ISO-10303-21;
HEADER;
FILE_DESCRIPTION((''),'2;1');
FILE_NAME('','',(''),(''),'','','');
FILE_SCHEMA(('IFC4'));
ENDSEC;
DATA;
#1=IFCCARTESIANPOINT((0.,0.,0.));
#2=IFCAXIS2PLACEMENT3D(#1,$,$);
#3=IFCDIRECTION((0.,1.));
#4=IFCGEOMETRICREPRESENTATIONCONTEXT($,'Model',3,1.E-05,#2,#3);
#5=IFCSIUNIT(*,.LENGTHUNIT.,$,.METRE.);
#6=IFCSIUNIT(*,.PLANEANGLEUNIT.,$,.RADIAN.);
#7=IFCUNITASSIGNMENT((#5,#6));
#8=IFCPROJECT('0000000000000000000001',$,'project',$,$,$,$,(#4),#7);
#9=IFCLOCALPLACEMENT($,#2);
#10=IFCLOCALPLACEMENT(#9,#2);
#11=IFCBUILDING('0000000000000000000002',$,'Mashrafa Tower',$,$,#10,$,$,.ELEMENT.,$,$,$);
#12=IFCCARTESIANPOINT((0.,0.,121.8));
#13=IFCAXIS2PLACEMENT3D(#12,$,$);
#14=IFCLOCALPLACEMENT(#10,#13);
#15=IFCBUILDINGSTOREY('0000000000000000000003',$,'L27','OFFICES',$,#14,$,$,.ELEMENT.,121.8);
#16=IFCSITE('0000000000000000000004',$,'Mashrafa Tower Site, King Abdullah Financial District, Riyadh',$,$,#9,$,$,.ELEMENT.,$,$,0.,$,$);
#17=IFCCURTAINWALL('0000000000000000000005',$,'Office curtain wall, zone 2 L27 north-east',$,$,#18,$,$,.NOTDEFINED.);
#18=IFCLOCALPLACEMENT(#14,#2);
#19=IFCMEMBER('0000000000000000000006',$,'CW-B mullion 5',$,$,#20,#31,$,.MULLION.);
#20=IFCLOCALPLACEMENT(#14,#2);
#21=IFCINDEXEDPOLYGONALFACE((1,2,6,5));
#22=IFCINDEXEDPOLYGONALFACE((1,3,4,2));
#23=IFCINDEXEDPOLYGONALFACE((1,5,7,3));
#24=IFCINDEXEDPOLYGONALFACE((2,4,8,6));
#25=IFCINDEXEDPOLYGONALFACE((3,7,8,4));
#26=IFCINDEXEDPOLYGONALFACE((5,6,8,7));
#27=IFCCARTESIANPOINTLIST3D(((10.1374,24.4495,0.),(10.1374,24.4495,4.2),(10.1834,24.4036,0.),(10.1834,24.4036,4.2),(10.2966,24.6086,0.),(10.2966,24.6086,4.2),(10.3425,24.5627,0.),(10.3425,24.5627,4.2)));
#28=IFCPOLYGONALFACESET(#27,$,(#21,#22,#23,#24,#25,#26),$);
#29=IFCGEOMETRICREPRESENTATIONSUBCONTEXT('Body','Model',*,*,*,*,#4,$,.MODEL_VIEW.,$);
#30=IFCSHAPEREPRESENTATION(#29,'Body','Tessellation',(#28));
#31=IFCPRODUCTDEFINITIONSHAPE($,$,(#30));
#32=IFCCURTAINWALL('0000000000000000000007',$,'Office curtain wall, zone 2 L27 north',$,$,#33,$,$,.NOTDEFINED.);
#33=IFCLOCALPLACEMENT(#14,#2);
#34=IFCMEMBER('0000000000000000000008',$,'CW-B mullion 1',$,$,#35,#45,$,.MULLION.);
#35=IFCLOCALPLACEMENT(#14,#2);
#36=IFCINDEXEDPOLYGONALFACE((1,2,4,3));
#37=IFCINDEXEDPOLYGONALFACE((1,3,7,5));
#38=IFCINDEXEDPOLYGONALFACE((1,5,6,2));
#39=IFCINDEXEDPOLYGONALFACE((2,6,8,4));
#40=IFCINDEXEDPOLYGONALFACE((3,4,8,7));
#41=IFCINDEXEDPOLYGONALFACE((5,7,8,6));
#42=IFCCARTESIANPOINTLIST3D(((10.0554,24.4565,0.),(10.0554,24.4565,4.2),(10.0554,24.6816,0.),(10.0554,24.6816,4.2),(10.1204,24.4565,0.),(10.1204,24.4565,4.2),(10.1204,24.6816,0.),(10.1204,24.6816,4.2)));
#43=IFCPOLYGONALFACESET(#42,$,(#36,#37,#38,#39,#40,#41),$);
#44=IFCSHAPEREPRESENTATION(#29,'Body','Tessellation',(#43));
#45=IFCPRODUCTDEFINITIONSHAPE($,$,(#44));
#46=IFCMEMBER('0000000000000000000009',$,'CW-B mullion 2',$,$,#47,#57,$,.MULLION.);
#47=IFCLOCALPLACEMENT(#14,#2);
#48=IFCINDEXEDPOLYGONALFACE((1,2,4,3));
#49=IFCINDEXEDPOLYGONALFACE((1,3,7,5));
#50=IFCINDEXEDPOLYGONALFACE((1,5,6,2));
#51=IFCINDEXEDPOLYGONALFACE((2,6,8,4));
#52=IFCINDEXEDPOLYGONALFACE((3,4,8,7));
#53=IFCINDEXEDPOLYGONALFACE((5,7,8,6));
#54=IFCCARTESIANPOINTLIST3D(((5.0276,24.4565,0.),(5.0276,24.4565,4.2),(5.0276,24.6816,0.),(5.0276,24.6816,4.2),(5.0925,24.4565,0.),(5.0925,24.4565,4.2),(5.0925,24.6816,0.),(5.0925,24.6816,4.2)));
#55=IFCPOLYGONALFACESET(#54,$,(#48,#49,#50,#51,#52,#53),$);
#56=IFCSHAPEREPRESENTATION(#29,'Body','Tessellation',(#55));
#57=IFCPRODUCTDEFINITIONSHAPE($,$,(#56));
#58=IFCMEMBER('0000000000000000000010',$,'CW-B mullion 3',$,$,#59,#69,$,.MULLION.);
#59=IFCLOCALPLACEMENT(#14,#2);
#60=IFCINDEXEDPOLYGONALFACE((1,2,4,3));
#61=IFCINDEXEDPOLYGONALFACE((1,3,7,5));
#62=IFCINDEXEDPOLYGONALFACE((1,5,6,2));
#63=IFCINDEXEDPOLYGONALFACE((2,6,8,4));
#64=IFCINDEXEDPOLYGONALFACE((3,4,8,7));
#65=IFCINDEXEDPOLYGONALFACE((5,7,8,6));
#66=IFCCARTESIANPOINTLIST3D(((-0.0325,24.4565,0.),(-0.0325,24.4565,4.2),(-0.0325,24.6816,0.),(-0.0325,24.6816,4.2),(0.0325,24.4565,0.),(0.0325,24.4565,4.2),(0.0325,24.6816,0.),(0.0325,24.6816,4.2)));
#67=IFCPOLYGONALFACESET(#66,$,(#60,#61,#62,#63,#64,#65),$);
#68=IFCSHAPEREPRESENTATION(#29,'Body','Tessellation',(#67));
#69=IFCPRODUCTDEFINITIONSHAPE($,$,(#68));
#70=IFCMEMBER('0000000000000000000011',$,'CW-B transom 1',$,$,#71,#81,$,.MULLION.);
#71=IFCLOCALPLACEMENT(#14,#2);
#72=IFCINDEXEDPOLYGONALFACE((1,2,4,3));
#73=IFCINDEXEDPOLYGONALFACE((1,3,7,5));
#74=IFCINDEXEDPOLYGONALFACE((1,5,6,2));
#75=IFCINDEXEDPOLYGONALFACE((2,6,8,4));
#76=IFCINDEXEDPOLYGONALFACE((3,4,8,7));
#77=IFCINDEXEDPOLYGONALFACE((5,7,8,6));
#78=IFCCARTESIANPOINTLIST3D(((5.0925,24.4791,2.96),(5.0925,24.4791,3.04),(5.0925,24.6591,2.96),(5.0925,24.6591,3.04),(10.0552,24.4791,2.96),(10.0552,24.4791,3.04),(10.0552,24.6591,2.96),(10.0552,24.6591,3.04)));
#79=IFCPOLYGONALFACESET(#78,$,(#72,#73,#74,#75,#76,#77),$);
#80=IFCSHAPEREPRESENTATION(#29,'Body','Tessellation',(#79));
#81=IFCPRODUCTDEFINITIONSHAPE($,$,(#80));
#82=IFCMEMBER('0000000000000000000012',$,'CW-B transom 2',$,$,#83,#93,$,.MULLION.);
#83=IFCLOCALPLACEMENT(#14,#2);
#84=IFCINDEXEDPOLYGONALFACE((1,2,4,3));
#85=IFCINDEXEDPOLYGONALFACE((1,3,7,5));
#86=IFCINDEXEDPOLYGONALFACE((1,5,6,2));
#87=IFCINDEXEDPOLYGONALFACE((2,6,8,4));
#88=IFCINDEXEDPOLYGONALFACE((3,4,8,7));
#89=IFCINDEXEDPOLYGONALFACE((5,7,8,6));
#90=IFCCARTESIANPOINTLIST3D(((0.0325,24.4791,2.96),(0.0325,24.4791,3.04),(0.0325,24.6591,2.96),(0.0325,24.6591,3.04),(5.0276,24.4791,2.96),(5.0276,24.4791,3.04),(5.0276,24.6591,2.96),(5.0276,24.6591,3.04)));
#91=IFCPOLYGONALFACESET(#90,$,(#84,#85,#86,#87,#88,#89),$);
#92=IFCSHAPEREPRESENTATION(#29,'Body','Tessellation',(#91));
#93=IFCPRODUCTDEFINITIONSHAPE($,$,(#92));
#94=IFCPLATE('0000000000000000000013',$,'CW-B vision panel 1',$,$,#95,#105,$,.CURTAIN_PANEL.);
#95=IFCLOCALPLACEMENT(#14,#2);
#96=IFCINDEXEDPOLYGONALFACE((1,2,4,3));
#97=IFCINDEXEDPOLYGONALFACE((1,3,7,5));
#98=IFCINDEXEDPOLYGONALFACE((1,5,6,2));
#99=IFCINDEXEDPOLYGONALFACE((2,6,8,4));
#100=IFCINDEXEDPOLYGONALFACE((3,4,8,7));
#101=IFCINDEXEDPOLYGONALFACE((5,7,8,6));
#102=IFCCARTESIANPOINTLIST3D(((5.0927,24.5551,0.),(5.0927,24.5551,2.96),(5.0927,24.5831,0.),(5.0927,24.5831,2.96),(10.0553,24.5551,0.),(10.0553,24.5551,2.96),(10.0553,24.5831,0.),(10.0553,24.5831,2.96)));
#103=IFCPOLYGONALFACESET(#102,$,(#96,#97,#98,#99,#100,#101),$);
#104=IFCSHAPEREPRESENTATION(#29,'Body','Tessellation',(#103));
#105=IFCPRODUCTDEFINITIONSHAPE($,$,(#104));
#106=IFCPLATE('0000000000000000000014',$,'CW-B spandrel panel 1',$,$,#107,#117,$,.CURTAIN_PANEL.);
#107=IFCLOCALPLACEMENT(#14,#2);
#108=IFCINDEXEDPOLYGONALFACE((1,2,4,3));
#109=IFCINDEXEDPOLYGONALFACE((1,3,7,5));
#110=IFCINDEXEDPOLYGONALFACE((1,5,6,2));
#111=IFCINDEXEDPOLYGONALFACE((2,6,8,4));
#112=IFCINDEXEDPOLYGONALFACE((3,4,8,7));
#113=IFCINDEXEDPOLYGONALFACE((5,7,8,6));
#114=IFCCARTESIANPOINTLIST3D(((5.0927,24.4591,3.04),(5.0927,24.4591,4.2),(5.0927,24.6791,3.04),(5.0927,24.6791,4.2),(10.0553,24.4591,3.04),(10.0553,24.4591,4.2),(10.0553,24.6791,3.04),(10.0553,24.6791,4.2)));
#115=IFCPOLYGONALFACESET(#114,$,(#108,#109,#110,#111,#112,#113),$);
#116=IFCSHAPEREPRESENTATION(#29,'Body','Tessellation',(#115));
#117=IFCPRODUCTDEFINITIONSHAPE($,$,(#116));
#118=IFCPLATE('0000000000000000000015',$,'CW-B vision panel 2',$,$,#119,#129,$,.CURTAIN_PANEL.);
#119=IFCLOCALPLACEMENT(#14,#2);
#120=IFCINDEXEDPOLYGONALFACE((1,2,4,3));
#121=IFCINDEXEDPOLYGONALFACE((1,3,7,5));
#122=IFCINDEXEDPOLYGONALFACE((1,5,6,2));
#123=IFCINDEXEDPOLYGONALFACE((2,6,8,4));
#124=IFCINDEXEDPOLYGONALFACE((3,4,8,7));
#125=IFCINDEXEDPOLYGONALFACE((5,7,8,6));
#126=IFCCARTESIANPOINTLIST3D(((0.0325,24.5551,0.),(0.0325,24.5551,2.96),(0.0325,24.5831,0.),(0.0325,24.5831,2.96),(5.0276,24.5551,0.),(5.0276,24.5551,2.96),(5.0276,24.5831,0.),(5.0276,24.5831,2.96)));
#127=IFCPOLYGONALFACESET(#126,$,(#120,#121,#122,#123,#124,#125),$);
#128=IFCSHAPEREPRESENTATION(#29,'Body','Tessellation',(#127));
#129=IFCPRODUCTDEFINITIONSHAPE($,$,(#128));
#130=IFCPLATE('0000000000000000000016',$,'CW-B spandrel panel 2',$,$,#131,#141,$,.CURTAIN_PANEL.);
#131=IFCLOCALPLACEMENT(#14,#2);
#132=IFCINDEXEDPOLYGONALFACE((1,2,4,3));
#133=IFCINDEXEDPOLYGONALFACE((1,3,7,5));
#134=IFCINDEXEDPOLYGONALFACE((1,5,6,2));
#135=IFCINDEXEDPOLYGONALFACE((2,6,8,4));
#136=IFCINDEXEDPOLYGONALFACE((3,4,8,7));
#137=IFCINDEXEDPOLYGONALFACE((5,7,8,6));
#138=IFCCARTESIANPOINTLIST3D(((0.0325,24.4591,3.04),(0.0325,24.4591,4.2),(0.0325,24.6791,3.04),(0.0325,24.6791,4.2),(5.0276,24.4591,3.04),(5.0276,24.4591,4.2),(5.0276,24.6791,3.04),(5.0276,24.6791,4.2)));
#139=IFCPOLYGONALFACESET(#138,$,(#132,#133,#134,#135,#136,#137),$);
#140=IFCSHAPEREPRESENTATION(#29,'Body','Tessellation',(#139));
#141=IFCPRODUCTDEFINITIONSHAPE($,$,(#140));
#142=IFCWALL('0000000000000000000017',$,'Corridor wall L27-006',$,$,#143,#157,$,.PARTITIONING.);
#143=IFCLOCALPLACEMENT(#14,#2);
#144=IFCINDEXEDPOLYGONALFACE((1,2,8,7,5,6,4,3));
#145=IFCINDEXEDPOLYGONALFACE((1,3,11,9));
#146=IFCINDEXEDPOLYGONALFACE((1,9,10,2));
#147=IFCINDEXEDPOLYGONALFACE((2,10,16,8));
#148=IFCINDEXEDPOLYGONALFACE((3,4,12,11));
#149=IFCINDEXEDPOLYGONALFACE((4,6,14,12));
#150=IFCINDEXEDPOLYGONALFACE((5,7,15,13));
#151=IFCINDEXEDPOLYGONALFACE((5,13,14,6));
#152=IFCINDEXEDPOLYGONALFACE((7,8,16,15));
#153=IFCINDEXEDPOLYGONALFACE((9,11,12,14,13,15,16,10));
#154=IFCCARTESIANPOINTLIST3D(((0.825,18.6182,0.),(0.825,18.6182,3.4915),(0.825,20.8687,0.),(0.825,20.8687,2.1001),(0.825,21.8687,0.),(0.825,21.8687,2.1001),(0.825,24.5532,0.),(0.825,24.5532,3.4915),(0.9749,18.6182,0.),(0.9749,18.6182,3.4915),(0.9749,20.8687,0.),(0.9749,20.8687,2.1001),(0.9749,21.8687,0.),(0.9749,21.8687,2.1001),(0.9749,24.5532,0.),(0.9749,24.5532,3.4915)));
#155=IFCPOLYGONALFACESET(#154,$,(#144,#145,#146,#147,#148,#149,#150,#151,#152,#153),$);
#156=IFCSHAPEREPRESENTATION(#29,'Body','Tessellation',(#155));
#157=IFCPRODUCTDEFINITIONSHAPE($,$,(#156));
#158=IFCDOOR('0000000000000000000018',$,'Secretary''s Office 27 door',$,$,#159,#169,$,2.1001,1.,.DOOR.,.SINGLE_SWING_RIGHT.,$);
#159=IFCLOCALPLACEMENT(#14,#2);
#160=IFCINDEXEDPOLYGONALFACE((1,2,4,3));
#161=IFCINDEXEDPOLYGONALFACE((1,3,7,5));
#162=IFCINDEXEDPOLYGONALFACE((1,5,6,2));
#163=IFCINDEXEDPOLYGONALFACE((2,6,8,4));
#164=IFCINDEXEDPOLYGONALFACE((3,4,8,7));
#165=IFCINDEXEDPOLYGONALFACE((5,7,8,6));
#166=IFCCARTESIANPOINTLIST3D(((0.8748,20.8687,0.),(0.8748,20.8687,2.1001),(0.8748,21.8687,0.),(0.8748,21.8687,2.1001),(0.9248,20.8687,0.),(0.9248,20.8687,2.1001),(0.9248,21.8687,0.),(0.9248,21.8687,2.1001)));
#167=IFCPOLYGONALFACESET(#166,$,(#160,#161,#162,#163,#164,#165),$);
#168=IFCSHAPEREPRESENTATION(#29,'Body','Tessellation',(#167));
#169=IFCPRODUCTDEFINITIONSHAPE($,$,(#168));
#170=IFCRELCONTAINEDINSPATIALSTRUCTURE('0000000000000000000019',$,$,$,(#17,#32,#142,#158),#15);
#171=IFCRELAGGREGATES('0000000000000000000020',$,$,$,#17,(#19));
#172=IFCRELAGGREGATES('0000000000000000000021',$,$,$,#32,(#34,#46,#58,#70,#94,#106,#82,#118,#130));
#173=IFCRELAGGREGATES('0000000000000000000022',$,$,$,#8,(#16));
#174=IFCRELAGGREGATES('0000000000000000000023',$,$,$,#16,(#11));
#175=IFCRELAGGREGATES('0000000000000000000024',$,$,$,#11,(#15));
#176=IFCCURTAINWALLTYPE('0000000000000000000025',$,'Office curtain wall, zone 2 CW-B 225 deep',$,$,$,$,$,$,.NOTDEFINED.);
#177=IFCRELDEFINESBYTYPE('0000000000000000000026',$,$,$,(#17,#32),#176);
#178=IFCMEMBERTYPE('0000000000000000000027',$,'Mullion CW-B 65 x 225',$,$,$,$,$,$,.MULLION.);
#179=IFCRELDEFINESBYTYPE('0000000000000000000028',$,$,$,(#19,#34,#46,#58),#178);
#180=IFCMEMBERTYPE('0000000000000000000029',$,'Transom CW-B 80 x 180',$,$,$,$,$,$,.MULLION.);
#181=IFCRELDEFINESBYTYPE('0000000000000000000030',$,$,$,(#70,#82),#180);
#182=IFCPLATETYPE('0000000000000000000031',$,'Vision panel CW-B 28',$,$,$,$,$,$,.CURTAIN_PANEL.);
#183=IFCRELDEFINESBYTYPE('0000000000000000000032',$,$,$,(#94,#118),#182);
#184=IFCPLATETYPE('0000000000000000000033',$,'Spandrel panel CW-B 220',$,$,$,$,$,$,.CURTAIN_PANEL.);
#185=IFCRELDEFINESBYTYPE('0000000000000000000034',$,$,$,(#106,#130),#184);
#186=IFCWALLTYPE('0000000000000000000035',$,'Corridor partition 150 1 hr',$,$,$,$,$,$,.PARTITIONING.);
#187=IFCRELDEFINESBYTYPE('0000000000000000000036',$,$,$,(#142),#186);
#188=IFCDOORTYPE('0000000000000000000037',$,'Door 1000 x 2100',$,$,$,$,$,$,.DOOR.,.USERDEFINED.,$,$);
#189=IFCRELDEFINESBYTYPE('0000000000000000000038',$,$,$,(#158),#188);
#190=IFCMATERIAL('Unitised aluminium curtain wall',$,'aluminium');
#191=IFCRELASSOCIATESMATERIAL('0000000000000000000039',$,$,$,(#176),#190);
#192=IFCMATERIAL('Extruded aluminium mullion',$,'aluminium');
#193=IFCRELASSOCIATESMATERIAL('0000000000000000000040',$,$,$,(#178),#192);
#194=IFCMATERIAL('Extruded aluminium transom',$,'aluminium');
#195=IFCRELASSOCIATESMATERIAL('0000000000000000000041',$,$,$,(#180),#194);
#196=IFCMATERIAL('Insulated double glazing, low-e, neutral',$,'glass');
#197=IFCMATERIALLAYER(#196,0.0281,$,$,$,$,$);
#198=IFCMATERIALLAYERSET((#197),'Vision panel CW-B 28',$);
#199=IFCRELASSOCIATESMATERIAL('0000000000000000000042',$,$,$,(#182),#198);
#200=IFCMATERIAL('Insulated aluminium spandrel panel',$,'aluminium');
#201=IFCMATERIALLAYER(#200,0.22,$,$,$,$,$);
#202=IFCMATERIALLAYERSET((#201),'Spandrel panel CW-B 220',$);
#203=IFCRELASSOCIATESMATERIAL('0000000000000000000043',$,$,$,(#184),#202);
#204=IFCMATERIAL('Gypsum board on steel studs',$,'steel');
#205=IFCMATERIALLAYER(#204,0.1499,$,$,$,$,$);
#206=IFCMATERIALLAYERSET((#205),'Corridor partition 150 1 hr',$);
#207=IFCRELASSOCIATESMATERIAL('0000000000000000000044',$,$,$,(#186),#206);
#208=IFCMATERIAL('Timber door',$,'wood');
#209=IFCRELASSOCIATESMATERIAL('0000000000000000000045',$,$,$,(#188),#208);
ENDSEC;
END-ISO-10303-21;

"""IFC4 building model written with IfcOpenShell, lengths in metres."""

from ifc_helpers import new_model, si_unit, direction, frame, frame_2d, origin, origin_2d, place, context, subcontext, project, spatial, rectangle, extrude, source, transform, mapped, material, layer, layer_set, material_profile, profile_set, type_object, type_shapes, element, fill, aggregate, save


model = new_model("IFC4")

# Units and contexts
model_context = context("Model", 3, precision=1e-05, world=origin(), true_north=direction((0.0, 1.0)))
body_context = subcontext(model_context, "Body", "Model", "MODEL_VIEW")
ifc_project = project(units=[si_unit("LENGTHUNIT", "METRE"), si_unit("PLANEANGLEUNIT", "RADIAN")], contexts=[model_context])

# Site, building, storey
site_placement = place(None, origin())
site = spatial("IfcSite", under=ifc_project, at=site_placement, Name="Mashrafa Tower Site, King Abdullah Financial District, Riyadh", CompositionType="ELEMENT", RefElevation=0.0)
building_placement = place(site_placement, origin())
building = spatial("IfcBuilding", under=site, at=building_placement, Name="Mashrafa Tower", CompositionType="ELEMENT")
storey_placement = place(building_placement, frame((0.0, 0.0, 121.8)))
storey = spatial("IfcBuildingStorey", under=building, at=storey_placement, Name="L27", Description="OFFICES", CompositionType="ELEMENT", Elevation=121.8)

# Curtain wall, member
ifc_material_1 = material(Name="Unitised aluminium curtain wall", Category="aluminium")
curtain_wall_type = type_object("IfcCurtainWallType", Name="Office curtain wall, zone 2 CW-B 225 deep", PredefinedType="NOTDEFINED", material=ifc_material_1)
curtain_wall_1_placement = place(storey_placement, origin())
curtain_wall_1 = element("IfcCurtainWall", 1, at=curtain_wall_1_placement, inside=storey, type_object=curtain_wall_type, Name="Office curtain wall, zone 2 L27 north-east", PredefinedType="NOTDEFINED")
ifc_material_2 = material(Name="Extruded aluminium mullion", Category="aluminium")
ifc_material_profile_1 = material_profile(ifc_material_2, rectangle(XDim=0.2251, YDim=0.0649, at=origin_2d()), Name="Mullion 65x225")
ifc_profile_set_1 = profile_set([ifc_material_profile_1], Name="Extruded aluminium mullion")
member_type_1 = type_object("IfcMemberType", Name="Mullion CW-B 65 x 225", PredefinedType="MULLION", material=ifc_profile_set_1)
shared_shape_1 = source(origin(), body_context, "Body", "SweptSolid", [
    extrude(rectangle(XDim=0.2251, YDim=0.0649, at=origin_2d()), origin(), (0.0, 0.0, 1.0), 4.2),
])
type_shapes(member_type_1, [shared_shape_1])
member_1_placement = place(storey_placement, frame((10.24, 24.5061, 0.0), z_axis=(0.0, 0.0, 1.0), x_axis=(-0.707107, -0.707107, 0.0)))
member_1 = element("IfcMember", 2, at=member_1_placement, type_object=member_type_1, Name="CW-B mullion 5", PredefinedType="MULLION", context=body_context, shape_type="MappedRepresentation", body=[
    mapped(shared_shape_1, transform((0.0, 0.0, 0.0))),
])
aggregate(curtain_wall_1, [member_1])

# Curtain wall, members, plates
curtain_wall_2_placement = place(storey_placement, origin())
curtain_wall_2 = element("IfcCurtainWall", 3, at=curtain_wall_2_placement, inside=storey, type_object=curtain_wall_type, Name="Office curtain wall, zone 2 L27 north", PredefinedType="NOTDEFINED")
member_2_placement = place(storey_placement, frame((10.0879, 24.5691, 0.0), z_axis=(0.0, 0.0, 1.0), x_axis=(0.0, -1.0, 0.0)))
member_2 = element("IfcMember", 4, at=member_2_placement, type_object=member_type_1, Name="CW-B mullion 1", PredefinedType="MULLION", context=body_context, shape_type="MappedRepresentation", body=[
    mapped(shared_shape_1, transform((0.0, 0.0, 0.0))),
])
member_3_placement = place(storey_placement, frame((5.0601, 24.5691, 0.0), z_axis=(0.0, 0.0, 1.0), x_axis=(0.0, -1.0, 0.0)))
member_3 = element("IfcMember", 5, at=member_3_placement, type_object=member_type_1, Name="CW-B mullion 2", PredefinedType="MULLION", context=body_context, shape_type="MappedRepresentation", body=[
    mapped(shared_shape_1, transform((0.0, 0.0, 0.0))),
])
member_4_placement = place(storey_placement, frame((0.0, 24.5691, 0.0), z_axis=(0.0, 0.0, 1.0), x_axis=(0.0, -1.0, 0.0)))
member_4 = element("IfcMember", 6, at=member_4_placement, type_object=member_type_1, Name="CW-B mullion 3", PredefinedType="MULLION", context=body_context, shape_type="MappedRepresentation", body=[
    mapped(shared_shape_1, transform((0.0, 0.0, 0.0))),
])
ifc_material_3 = material(Name="Extruded aluminium transom", Category="aluminium")
ifc_material_profile_2 = material_profile(ifc_material_3, rectangle(XDim=0.1799, YDim=0.0801, at=origin_2d()), Name="Transom 80x180")
ifc_profile_set_2 = profile_set([ifc_material_profile_2], Name="Extruded aluminium transom")
member_type_2 = type_object("IfcMemberType", Name="Transom CW-B 80 x 180", PredefinedType="MULLION", material=ifc_profile_set_2)
shared_shape_2 = source(origin(), body_context, "Body", "SweptSolid", [
    extrude(rectangle(XDim=0.1799, YDim=0.0801, at=origin_2d()), origin(), (0.0, 0.0, 1.0), 4.9626),
])
member_5_placement = place(storey_placement, frame((10.0552, 24.5691, 3.0), z_axis=(-1.0, 0.0, 0.0), x_axis=(0.0, -1.0, 0.0)))
member_5 = element("IfcMember", 7, at=member_5_placement, type_object=member_type_2, Name="CW-B transom 1", PredefinedType="MULLION", context=body_context, shape_type="MappedRepresentation", body=[
    mapped(shared_shape_2, transform((0.0, 0.0, 0.0))),
])
shared_shape_3 = source(origin(), body_context, "Body", "SweptSolid", [
    extrude(rectangle(XDim=0.1799, YDim=0.0801, at=origin_2d()), origin(), (0.0, 0.0, 1.0), 4.9951),
])
type_shapes(member_type_2, [shared_shape_2, shared_shape_3])
member_6_placement = place(storey_placement, frame((5.0276, 24.5691, 3.0), z_axis=(-1.0, 0.0, 0.0), x_axis=(0.0, -1.0, 0.0)))
member_6 = element("IfcMember", 8, at=member_6_placement, type_object=member_type_2, Name="CW-B transom 2", PredefinedType="MULLION", context=body_context, shape_type="MappedRepresentation", body=[
    mapped(shared_shape_3, transform((0.0, 0.0, 0.0))),
])
ifc_material_4 = material(Name="Insulated double glazing, low-e, neutral", Category="glass")
ifc_layer_1 = layer(ifc_material_4, 0.0281)
ifc_layer_set_1 = layer_set([ifc_layer_1], Name="Vision panel CW-B 28")
plate_type_1 = type_object("IfcPlateType", Name="Vision panel CW-B 28", PredefinedType="CURTAIN_PANEL", material=ifc_layer_set_1)
shared_shape_4 = source(origin(), body_context, "Body", "SweptSolid", [
    extrude(rectangle(XDim=4.9626, YDim=0.0281, at=origin_2d()), origin(), (0.0, 0.0, 1.0), 2.96),
])
plate_1_placement = place(storey_placement, frame((7.574, 24.5691, 0.0), z_axis=(0.0, 0.0, 1.0), x_axis=(-1.0, 0.0, 0.0)))
plate_1 = element("IfcPlate", 9, at=plate_1_placement, type_object=plate_type_1, Name="CW-B vision panel 1", PredefinedType="CURTAIN_PANEL", context=body_context, shape_type="MappedRepresentation", body=[
    mapped(shared_shape_4, transform((0.0, 0.0, 0.0))),
])
ifc_material_5 = material(Name="Insulated aluminium spandrel panel", Category="aluminium")
ifc_layer_2 = layer(ifc_material_5, 0.22)
ifc_layer_set_2 = layer_set([ifc_layer_2], Name="Spandrel panel CW-B 220")
plate_type_2 = type_object("IfcPlateType", Name="Spandrel panel CW-B 220", PredefinedType="CURTAIN_PANEL", material=ifc_layer_set_2)
shared_shape_5 = source(origin(), body_context, "Body", "SweptSolid", [
    extrude(rectangle(XDim=4.9626, YDim=0.22, at=origin_2d()), origin(), (0.0, 0.0, 1.0), 1.1599),
])
plate_2_placement = place(storey_placement, frame((7.574, 24.5691, 3.04), z_axis=(0.0, 0.0, 1.0), x_axis=(-1.0, 0.0, 0.0)))
plate_2 = element("IfcPlate", 10, at=plate_2_placement, type_object=plate_type_2, Name="CW-B spandrel panel 1", PredefinedType="CURTAIN_PANEL", context=body_context, shape_type="MappedRepresentation", body=[
    mapped(shared_shape_5, transform((0.0, 0.0, 0.0))),
])
shared_shape_6 = source(origin(), body_context, "Body", "SweptSolid", [
    extrude(rectangle(XDim=4.9951, YDim=0.0281, at=origin_2d()), origin(), (0.0, 0.0, 1.0), 2.96),
])
type_shapes(plate_type_1, [shared_shape_4, shared_shape_6])
plate_3_placement = place(storey_placement, frame((2.53, 24.5691, 0.0), z_axis=(0.0, 0.0, 1.0), x_axis=(-1.0, 0.0, 0.0)))
plate_3 = element("IfcPlate", 11, at=plate_3_placement, type_object=plate_type_1, Name="CW-B vision panel 2", PredefinedType="CURTAIN_PANEL", context=body_context, shape_type="MappedRepresentation", body=[
    mapped(shared_shape_6, transform((0.0, 0.0, 0.0))),
])
shared_shape_7 = source(origin(), body_context, "Body", "SweptSolid", [
    extrude(rectangle(XDim=4.9951, YDim=0.22, at=origin_2d()), origin(), (0.0, 0.0, 1.0), 1.1599),
])
type_shapes(plate_type_2, [shared_shape_5, shared_shape_7])
plate_4_placement = place(storey_placement, frame((2.53, 24.5691, 3.04), z_axis=(0.0, 0.0, 1.0), x_axis=(-1.0, 0.0, 0.0)))
plate_4 = element("IfcPlate", 12, at=plate_4_placement, type_object=plate_type_2, Name="CW-B spandrel panel 2", PredefinedType="CURTAIN_PANEL", context=body_context, shape_type="MappedRepresentation", body=[
    mapped(shared_shape_7, transform((0.0, 0.0, 0.0))),
])
aggregate(curtain_wall_2, [member_2, member_3, member_4, member_5, plate_1, plate_2, member_6, plate_3, plate_4])

# Wall, opening, door
ifc_material_6 = material(Name="Gypsum board on steel studs", Category="steel")
ifc_layer_3 = layer(ifc_material_6, 0.1499)
ifc_layer_set_3 = layer_set([ifc_layer_3], Name="Corridor partition 150 1 hr")
wall_type_1 = type_object("IfcWallType", Name="Corridor partition 150 1 hr", PredefinedType="PARTITIONING", material=ifc_layer_set_3)
wall_1_placement = place(storey_placement, frame((0.8999, 18.6182, 0.0), z_axis=(0.0, 0.0, 1.0), x_axis=(0.0, 1.0, 0.0)))
wall_1 = element("IfcWall", 13, at=wall_1_placement, inside=storey, type_object=wall_type_1, Name="Corridor wall L27-006", PredefinedType="PARTITIONING", context=body_context, shape_type="SweptSolid", body=[
    extrude(rectangle(XDim=5.9351, YDim=0.1499, at=frame_2d((2.9675, 0.0))), origin(), (0.0, 0.0, 1.0), 3.4915),
])
opening_1_placement = place(wall_1_placement, frame((2.2505, 0.0, 0.0)))
opening_1 = element("IfcOpeningElement", 14, at=opening_1_placement, cuts=wall_1, PredefinedType="OPENING", context=body_context, shape_type="SweptSolid", body=[
    extrude(rectangle(XDim=1.0, YDim=2.1001, at=frame_2d((0.5, 1.05))), frame((0.0, 0.085, 0.0), z_axis=(0.0, -1.0, 0.0), x_axis=(1.0, 0.0, 0.0)), (0.0, 0.0, 1.0), 0.1699),
])
ifc_material_7 = material(Name="Timber door", Category="wood")
door_type = type_object("IfcDoorType", Name="Door 1000 x 2100", OperationType="USERDEFINED", PredefinedType="DOOR", material=ifc_material_7)
door_1_placement = place(opening_1_placement, frame((1.0, 0.0, 0.0), z_axis=(0.0, 0.0, 1.0), x_axis=(-1.0, 0.0, 0.0)))
door_1 = element("IfcDoor", 15, at=door_1_placement, inside=storey, type_object=door_type, Name="Secretary's Office 27 door", OperationType="SINGLE_SWING_RIGHT", OverallHeight=2.1001, OverallWidth=1.0, PredefinedType="DOOR", context=body_context, shape_type="SweptSolid", body=[
    extrude(rectangle(XDim=1.0, YDim=2.1001, at=frame_2d((0.5, 1.05))), frame((0.0, 0.0249, 0.0), z_axis=(0.0, -1.0, 0.0), x_axis=(1.0, 0.0, 0.0)), (0.0, 0.0, 1.0), 0.05),
])
fill(opening_1, door_1)

save(model, "model.ifc")
